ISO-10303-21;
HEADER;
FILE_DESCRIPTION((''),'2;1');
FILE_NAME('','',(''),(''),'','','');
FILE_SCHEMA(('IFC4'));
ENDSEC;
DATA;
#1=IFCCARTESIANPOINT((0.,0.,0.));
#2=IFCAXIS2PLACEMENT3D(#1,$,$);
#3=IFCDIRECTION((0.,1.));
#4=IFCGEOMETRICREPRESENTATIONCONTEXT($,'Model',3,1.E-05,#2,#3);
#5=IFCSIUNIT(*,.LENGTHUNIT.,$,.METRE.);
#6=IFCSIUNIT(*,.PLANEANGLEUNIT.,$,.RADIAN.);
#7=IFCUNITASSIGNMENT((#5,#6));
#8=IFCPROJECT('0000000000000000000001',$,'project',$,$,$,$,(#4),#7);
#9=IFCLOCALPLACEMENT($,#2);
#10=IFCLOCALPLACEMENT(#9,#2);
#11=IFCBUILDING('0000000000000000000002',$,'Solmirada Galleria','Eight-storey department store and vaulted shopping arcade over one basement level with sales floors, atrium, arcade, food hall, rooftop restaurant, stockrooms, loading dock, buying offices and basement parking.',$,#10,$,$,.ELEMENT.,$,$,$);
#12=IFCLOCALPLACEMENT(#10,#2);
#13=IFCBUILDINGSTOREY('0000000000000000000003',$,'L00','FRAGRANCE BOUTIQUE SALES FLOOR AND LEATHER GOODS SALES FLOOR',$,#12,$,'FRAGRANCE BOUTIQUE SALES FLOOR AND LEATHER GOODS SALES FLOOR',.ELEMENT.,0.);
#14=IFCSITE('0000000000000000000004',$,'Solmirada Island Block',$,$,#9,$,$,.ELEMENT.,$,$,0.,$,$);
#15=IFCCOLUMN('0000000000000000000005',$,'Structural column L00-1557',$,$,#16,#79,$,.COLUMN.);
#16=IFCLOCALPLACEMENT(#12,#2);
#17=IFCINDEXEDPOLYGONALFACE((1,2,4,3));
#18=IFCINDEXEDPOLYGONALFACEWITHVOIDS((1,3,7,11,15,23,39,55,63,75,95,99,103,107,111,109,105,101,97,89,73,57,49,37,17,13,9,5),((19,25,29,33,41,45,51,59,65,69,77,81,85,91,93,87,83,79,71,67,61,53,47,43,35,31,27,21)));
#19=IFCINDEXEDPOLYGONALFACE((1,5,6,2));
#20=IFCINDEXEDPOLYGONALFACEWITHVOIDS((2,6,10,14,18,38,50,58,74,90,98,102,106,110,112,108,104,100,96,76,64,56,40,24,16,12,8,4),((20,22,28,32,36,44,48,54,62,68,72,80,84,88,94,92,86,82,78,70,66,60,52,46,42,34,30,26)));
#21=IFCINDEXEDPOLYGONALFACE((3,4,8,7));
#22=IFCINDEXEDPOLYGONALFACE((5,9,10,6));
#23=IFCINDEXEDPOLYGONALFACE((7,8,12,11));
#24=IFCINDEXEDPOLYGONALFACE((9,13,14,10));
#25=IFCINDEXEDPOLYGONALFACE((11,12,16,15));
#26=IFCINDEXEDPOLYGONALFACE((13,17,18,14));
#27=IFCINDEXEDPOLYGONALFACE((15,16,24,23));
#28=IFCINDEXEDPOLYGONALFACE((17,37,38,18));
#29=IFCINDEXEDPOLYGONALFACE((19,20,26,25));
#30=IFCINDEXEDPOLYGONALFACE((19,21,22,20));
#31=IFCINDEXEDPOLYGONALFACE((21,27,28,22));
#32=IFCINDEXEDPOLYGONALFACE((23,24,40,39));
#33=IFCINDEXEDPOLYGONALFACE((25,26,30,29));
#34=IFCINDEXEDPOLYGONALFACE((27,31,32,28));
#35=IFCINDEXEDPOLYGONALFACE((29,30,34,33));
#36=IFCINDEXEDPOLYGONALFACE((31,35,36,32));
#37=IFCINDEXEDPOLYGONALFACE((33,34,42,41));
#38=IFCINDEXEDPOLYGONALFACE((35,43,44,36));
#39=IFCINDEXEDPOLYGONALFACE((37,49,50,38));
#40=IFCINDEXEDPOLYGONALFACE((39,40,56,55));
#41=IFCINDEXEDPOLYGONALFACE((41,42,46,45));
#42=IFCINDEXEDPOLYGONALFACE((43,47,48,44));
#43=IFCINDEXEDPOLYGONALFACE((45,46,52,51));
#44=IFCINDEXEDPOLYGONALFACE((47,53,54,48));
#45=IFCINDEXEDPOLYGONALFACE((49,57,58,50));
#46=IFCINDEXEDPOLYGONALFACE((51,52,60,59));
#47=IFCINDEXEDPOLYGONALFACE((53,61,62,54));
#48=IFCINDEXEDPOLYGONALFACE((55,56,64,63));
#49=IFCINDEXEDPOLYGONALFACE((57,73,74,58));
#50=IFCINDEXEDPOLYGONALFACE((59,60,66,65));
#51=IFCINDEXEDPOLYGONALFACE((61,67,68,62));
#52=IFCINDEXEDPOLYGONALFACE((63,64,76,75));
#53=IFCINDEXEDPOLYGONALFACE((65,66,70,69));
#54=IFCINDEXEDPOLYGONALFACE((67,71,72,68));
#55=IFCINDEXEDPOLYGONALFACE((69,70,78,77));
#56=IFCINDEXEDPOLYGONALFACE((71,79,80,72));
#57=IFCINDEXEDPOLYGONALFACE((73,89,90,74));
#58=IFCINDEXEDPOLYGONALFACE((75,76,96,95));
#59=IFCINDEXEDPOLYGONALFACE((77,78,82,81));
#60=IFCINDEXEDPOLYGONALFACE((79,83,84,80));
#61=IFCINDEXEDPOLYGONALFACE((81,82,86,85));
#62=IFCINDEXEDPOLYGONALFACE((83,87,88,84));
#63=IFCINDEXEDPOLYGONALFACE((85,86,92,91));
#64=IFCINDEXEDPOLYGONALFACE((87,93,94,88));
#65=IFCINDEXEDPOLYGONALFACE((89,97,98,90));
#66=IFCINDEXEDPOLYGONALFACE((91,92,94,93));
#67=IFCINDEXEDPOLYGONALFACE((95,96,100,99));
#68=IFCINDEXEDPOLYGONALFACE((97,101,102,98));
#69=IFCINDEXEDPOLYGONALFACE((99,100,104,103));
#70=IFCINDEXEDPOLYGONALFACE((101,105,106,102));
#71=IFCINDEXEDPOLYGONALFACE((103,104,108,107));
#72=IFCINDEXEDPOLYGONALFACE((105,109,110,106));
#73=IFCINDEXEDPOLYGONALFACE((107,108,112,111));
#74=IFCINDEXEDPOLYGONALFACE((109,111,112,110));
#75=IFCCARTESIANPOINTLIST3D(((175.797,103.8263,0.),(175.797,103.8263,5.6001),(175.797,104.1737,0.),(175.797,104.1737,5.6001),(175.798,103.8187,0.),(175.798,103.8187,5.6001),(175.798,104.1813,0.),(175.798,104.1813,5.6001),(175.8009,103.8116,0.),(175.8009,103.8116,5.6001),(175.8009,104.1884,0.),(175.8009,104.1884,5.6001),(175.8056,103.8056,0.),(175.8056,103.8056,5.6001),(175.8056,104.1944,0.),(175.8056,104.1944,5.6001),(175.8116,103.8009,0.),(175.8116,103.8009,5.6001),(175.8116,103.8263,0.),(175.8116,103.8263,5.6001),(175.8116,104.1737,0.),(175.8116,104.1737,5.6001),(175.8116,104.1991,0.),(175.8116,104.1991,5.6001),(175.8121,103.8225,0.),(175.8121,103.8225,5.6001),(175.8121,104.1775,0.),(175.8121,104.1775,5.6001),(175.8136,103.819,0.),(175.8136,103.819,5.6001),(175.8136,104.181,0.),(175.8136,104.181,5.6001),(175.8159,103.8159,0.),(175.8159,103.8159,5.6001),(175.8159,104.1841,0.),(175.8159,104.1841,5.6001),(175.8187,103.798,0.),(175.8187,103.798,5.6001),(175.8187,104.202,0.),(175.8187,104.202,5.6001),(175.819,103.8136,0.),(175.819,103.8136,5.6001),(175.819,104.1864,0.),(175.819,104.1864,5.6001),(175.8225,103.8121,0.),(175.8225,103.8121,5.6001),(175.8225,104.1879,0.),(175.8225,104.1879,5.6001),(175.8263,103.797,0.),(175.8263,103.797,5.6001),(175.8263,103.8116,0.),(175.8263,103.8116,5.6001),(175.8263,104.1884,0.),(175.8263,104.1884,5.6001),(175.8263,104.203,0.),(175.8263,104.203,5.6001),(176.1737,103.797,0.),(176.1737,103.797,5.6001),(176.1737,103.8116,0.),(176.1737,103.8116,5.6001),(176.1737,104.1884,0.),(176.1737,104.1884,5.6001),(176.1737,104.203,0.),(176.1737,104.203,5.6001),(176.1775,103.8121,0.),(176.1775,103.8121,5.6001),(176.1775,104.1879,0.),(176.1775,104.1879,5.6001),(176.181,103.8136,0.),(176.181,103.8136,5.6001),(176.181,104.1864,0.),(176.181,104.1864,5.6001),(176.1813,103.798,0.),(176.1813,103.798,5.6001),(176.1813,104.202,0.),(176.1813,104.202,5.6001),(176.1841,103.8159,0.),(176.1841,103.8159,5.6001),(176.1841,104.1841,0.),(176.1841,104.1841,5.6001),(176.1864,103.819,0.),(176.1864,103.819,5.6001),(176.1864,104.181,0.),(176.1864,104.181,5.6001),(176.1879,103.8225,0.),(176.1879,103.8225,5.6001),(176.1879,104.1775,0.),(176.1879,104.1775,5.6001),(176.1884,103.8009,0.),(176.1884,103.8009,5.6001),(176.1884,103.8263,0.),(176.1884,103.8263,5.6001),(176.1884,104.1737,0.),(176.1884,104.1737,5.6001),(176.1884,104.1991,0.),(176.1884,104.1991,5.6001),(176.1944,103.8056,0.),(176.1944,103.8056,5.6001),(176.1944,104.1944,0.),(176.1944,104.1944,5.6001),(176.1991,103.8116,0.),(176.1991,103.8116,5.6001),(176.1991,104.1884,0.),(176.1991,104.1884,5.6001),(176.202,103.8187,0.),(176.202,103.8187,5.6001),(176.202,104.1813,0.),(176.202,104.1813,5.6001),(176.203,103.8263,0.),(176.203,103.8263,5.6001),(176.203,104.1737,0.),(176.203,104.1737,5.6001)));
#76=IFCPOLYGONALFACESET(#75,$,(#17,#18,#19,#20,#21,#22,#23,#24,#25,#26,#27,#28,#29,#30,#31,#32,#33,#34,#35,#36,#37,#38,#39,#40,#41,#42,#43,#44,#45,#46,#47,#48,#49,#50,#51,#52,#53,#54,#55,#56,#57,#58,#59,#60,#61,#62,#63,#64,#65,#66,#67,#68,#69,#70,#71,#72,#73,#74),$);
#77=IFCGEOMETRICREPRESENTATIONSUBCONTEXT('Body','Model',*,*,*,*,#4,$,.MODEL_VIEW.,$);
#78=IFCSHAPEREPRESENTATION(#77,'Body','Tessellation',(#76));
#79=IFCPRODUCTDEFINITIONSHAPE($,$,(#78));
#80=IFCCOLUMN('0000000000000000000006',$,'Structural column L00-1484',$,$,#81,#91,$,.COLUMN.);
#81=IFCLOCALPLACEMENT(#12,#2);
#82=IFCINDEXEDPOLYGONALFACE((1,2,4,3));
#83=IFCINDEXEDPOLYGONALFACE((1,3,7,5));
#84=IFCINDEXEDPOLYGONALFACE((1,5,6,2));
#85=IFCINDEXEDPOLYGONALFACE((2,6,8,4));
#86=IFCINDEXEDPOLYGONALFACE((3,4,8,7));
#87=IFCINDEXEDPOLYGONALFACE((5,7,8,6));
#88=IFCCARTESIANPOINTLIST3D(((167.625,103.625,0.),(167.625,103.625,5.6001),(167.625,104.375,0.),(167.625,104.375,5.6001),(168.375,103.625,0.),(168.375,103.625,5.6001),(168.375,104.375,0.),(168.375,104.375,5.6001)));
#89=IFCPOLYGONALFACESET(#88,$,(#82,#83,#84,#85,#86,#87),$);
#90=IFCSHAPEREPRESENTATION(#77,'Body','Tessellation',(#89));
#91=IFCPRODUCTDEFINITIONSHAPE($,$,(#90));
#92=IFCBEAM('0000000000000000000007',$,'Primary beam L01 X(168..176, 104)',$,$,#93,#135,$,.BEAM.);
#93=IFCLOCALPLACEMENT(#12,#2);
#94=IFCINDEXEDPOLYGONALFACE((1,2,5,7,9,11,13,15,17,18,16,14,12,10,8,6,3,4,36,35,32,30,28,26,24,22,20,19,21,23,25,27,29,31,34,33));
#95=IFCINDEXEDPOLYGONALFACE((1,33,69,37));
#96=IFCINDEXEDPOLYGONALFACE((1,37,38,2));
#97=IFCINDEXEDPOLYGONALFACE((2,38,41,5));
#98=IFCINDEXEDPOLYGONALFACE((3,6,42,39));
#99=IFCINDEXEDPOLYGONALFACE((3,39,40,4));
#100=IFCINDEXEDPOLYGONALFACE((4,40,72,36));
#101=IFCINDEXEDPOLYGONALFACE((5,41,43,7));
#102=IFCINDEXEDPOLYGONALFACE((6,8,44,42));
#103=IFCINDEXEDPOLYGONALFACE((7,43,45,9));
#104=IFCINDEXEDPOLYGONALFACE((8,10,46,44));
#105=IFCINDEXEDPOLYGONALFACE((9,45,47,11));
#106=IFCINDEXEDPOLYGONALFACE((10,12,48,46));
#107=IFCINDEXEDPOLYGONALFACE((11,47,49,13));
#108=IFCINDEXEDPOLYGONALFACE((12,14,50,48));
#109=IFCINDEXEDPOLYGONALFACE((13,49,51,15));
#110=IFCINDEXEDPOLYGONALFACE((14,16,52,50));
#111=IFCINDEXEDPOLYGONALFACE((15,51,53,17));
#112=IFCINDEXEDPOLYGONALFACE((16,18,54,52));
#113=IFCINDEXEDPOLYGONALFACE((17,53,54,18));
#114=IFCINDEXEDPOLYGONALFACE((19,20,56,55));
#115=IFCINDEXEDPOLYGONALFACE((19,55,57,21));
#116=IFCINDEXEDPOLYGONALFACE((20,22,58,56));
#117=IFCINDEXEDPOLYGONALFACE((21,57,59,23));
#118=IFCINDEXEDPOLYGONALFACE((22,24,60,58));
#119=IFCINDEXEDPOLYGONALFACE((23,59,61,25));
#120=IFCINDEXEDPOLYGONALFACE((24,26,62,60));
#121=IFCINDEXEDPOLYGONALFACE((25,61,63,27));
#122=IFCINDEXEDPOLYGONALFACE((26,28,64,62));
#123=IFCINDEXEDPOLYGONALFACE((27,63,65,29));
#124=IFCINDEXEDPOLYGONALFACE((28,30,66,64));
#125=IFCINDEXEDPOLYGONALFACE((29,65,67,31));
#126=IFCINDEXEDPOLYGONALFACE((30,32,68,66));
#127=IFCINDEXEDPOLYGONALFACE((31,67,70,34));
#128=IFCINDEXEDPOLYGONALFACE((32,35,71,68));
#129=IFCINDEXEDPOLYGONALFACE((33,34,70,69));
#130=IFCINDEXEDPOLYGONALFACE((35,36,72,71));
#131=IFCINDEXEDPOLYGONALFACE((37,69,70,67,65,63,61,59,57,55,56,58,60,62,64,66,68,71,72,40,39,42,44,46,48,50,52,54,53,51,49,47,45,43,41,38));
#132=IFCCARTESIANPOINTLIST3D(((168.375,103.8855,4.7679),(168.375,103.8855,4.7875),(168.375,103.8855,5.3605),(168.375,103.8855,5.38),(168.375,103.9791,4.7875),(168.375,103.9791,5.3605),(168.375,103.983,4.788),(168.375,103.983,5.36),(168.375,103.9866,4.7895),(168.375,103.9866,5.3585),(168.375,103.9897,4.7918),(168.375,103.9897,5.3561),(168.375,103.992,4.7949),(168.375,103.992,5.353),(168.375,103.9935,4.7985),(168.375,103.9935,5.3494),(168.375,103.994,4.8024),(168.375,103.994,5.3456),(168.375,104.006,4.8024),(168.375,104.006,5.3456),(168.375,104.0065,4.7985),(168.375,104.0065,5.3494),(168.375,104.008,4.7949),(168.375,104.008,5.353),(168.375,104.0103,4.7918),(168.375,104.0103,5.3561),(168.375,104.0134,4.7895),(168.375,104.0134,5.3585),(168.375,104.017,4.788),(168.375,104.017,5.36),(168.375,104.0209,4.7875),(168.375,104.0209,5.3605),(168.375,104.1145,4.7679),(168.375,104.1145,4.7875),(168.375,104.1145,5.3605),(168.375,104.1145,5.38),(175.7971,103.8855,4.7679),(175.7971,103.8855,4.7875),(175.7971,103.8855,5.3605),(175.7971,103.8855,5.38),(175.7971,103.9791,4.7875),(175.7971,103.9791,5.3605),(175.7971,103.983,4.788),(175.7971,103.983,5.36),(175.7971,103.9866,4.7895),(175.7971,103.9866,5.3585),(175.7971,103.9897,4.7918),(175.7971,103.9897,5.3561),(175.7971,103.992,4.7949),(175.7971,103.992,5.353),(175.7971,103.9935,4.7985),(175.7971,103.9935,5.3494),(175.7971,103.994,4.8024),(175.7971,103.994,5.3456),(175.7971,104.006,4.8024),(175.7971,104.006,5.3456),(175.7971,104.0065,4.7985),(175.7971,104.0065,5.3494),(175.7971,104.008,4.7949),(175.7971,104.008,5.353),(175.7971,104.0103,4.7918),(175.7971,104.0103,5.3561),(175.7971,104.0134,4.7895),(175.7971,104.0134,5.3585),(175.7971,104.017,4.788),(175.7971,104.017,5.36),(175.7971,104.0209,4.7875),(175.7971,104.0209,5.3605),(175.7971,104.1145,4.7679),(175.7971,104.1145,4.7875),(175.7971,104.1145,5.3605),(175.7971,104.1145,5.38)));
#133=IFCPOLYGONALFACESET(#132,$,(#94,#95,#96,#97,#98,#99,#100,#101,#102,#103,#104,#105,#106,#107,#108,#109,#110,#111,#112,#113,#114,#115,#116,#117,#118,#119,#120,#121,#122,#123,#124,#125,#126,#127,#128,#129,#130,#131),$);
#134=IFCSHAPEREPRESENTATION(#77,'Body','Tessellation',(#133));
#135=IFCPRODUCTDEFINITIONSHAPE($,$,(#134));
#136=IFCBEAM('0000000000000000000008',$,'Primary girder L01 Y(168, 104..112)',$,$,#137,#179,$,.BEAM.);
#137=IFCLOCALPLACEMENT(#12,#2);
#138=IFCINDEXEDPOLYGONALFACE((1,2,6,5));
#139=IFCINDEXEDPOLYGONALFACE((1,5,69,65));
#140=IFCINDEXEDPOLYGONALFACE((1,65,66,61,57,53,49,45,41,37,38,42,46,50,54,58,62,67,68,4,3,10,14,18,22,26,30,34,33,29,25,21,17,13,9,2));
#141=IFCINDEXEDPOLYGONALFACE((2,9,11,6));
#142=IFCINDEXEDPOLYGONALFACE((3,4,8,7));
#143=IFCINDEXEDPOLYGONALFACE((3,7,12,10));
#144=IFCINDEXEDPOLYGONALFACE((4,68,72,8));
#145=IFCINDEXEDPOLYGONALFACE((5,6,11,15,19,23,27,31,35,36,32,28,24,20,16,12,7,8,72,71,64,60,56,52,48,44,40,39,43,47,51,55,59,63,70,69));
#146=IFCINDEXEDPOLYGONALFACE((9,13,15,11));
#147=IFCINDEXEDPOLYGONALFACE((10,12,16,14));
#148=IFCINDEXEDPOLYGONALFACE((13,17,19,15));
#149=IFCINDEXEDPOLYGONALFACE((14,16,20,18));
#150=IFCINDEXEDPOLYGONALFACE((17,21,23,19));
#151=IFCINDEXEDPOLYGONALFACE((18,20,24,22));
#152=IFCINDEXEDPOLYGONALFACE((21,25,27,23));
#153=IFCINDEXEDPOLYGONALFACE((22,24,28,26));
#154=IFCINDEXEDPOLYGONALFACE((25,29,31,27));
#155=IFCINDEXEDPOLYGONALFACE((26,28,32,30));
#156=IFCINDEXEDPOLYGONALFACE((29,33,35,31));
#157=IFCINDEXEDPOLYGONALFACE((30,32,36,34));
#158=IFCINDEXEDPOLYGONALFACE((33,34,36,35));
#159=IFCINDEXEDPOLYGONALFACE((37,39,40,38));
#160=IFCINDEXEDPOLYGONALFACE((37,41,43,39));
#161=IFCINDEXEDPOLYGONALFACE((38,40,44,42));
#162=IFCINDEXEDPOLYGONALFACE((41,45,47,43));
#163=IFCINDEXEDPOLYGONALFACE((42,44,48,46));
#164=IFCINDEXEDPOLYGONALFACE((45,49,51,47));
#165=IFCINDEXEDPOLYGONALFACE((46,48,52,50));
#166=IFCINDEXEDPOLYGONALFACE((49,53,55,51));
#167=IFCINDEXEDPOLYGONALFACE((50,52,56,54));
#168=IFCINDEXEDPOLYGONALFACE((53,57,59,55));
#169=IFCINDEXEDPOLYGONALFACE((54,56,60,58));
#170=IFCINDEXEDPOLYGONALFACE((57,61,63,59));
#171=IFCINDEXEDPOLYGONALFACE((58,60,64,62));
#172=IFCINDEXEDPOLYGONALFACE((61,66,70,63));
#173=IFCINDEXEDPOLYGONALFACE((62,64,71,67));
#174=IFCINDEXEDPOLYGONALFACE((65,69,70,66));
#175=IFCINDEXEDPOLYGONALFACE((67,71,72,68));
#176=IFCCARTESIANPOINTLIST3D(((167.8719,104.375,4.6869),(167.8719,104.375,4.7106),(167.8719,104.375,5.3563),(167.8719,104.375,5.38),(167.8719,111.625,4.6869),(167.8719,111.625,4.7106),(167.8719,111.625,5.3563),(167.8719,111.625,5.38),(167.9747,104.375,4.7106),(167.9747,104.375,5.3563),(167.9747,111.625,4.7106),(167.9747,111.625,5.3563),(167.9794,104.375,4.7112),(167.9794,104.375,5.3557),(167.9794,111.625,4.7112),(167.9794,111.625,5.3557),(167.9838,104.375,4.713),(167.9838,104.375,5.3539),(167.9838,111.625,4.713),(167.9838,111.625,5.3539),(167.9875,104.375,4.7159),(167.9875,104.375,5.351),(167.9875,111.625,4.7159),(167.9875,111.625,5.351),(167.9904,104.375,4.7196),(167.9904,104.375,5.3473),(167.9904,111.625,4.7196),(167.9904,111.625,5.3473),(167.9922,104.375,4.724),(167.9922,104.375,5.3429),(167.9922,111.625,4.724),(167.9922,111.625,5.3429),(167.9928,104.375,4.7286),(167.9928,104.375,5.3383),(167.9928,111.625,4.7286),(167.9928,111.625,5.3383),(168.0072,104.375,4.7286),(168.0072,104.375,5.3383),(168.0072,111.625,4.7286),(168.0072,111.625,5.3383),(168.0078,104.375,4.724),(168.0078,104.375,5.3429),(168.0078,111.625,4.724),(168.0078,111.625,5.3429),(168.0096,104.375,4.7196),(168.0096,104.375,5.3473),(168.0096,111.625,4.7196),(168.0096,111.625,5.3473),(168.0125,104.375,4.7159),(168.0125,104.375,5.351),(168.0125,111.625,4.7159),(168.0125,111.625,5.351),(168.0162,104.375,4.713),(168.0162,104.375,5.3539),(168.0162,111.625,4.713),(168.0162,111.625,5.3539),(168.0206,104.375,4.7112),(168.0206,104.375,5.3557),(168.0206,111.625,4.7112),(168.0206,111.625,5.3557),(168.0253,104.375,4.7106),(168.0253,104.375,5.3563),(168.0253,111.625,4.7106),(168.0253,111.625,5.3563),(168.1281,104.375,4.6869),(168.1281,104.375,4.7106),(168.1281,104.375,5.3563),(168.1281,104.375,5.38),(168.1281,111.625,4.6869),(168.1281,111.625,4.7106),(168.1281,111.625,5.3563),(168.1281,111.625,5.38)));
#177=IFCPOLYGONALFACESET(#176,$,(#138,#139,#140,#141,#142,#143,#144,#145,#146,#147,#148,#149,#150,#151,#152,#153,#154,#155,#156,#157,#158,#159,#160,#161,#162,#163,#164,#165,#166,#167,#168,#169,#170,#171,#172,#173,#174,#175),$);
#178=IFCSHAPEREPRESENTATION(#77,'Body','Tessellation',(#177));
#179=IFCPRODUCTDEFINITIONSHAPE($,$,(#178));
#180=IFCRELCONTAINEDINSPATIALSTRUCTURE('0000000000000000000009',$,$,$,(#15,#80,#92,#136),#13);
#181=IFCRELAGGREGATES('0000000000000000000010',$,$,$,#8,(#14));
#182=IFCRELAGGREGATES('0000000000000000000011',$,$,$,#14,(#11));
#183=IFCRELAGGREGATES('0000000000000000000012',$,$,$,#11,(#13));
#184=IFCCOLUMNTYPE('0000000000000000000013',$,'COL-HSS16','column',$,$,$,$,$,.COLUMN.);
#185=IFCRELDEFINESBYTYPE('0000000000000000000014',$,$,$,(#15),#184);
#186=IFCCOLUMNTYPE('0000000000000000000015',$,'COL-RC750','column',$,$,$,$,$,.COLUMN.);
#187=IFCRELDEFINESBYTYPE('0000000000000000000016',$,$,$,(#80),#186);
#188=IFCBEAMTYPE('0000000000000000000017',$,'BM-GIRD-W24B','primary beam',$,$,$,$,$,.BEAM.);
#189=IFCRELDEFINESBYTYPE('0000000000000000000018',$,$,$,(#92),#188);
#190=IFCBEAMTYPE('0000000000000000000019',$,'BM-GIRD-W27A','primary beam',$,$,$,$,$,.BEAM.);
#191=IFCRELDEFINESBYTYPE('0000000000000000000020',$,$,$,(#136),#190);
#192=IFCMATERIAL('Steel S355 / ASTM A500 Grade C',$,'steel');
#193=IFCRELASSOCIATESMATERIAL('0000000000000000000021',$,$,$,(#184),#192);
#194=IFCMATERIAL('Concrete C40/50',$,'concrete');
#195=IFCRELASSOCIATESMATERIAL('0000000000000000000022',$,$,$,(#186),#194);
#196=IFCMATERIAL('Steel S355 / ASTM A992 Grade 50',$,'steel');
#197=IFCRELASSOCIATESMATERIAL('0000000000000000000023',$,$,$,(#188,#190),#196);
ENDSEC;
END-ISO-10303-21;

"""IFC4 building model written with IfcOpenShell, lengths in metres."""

from ifc_helpers import new_model, si_unit, direction, frame, origin, origin_2d, place, context, subcontext, project, spatial, rectangle, hollow_rectangle, i_section, extrude, material, material_profile, profile_set, type_object, element, save


model = new_model("IFC4")

# Units and contexts
model_context = context("Model", 3, precision=1e-05, world=origin(), true_north=direction((0.0, 1.0)))
body_context = subcontext(model_context, "Body", "Model", "MODEL_VIEW")
ifc_project = project(units=[si_unit("LENGTHUNIT", "METRE"), si_unit("PLANEANGLEUNIT", "RADIAN")], contexts=[model_context])

# Site, building, storey
site_placement = place(None, origin())
site = spatial("IfcSite", under=ifc_project, at=site_placement, Name="Solmirada Island Block", CompositionType="ELEMENT", RefElevation=0.0)
building_placement = place(site_placement, origin())
building = spatial("IfcBuilding", under=site, at=building_placement, Name="Solmirada Galleria", Description="Eight-storey department store and vaulted shopping arcade over one basement level with sales floors, atrium, arcade, food hall, rooftop restaurant, stockrooms, loading dock, buying offices and basement parking.", CompositionType="ELEMENT")
storey_placement = place(building_placement, origin())
storey = spatial("IfcBuildingStorey", under=building, at=storey_placement, Name="L00", Description="FRAGRANCE BOUTIQUE SALES FLOOR AND LEATHER GOODS SALES FLOOR", LongName="FRAGRANCE BOUTIQUE SALES FLOOR AND LEATHER GOODS SALES FLOOR", CompositionType="ELEMENT", Elevation=0.0)

# Columns
ifc_material_1 = material(Name="Steel S355 / ASTM A500 Grade C", Category="steel")
ifc_material_profile_1 = material_profile(ifc_material_1, hollow_rectangle(XDim=0.406, YDim=0.406, WallThickness=0.0146, InnerFilletRadius=0.0146, OuterFilletRadius=0.0293, at=origin_2d()), Name="HSS16X16X5/8")
ifc_profile_set_1 = profile_set([ifc_material_profile_1], Name="Steel S355 / ASTM A500 Grade C")
column_type_1 = type_object("IfcColumnType", Name="COL-HSS16", Description="column", PredefinedType="COLUMN", material=ifc_profile_set_1)
column_1_placement = place(storey_placement, frame((176.0, 104.0, 0.0), z_axis=(0.0, 0.0, 1.0), x_axis=(1.0, 0.0, 0.0)))
element("IfcColumn", 1, at=column_1_placement, inside=storey, type_object=column_type_1, Name="Structural column L00-1557", PredefinedType="COLUMN", context=body_context, shape_type="SweptSolid", body=[
    extrude(hollow_rectangle(XDim=0.406, YDim=0.406, WallThickness=0.0146, InnerFilletRadius=0.0146, OuterFilletRadius=0.0293, at=origin_2d()), origin(), (0.0, 0.0, 1.0), 5.6001),
])
ifc_material_2 = material(Name="Concrete C40/50", Category="concrete")
ifc_material_profile_2 = material_profile(ifc_material_2, rectangle(XDim=0.75, YDim=0.75, at=origin_2d()), Name="RC750X750")
ifc_profile_set_2 = profile_set([ifc_material_profile_2], Name="Concrete C40/50")
column_type_2 = type_object("IfcColumnType", Name="COL-RC750", Description="column", PredefinedType="COLUMN", material=ifc_profile_set_2)
column_2_placement = place(storey_placement, frame((168.0, 104.0, 0.0), z_axis=(0.0, 0.0, 1.0), x_axis=(1.0, 0.0, 0.0)))
element("IfcColumn", 2, at=column_2_placement, inside=storey, type_object=column_type_2, Name="Structural column L00-1484", PredefinedType="COLUMN", context=body_context, shape_type="SweptSolid", body=[
    extrude(rectangle(XDim=0.75, YDim=0.75, at=origin_2d()), origin(), (0.0, 0.0, 1.0), 5.6001),
])

# Beams
ifc_material_3 = material(Name="Steel S355 / ASTM A992 Grade 50", Category="steel")
ifc_material_profile_3 = material_profile(ifc_material_3, i_section(OverallWidth=0.229, OverallDepth=0.6121, WebThickness=0.012, FlangeThickness=0.0195, FilletRadius=0.0149, at=origin_2d()), Name="W24X84")
ifc_profile_set_3 = profile_set([ifc_material_profile_3], Name="Steel S355 / ASTM A992 Grade 50")
beam_type_1 = type_object("IfcBeamType", Name="BM-GIRD-W24B", Description="primary beam", PredefinedType="BEAM", material=ifc_profile_set_3)
beam_1_placement = place(storey_placement, frame((168.375, 104.0, 5.074), z_axis=(1.0, 0.0, 0.0), x_axis=(0.0, 1.0, 0.0)))
element("IfcBeam", 3, at=beam_1_placement, inside=storey, type_object=beam_type_1, Name="Primary beam L01 X(168..176, 104)", PredefinedType="BEAM", context=body_context, shape_type="SweptSolid", body=[
    extrude(i_section(OverallWidth=0.229, OverallDepth=0.6121, WebThickness=0.012, FlangeThickness=0.0195, FilletRadius=0.0149, at=origin_2d()), origin(), (0.0, 0.0, 1.0), 7.4221),
])
ifc_material_profile_4 = material_profile(ifc_material_3, i_section(OverallWidth=0.2561, OverallDepth=0.6931, WebThickness=0.0144, FlangeThickness=0.0237, FilletRadius=0.0181, at=origin_2d()), Name="W27X114")
ifc_profile_set_4 = profile_set([ifc_material_profile_4], Name="Steel S355 / ASTM A992 Grade 50")
beam_type_2 = type_object("IfcBeamType", Name="BM-GIRD-W27A", Description="primary beam", PredefinedType="BEAM", material=ifc_profile_set_4)
beam_2_placement = place(storey_placement, frame((168.0, 104.375, 5.0334), z_axis=(0.0, 1.0, 0.0), x_axis=(-1.0, 0.0, 0.0)))
element("IfcBeam", 4, at=beam_2_placement, inside=storey, type_object=beam_type_2, Name="Primary girder L01 Y(168, 104..112)", PredefinedType="BEAM", context=body_context, shape_type="SweptSolid", body=[
    extrude(i_section(OverallWidth=0.2561, OverallDepth=0.6931, WebThickness=0.0144, FlangeThickness=0.0237, FilletRadius=0.0181, at=origin_2d()), origin(), (0.0, 0.0, 1.0), 7.25),
])

save(model, "model.ifc")
